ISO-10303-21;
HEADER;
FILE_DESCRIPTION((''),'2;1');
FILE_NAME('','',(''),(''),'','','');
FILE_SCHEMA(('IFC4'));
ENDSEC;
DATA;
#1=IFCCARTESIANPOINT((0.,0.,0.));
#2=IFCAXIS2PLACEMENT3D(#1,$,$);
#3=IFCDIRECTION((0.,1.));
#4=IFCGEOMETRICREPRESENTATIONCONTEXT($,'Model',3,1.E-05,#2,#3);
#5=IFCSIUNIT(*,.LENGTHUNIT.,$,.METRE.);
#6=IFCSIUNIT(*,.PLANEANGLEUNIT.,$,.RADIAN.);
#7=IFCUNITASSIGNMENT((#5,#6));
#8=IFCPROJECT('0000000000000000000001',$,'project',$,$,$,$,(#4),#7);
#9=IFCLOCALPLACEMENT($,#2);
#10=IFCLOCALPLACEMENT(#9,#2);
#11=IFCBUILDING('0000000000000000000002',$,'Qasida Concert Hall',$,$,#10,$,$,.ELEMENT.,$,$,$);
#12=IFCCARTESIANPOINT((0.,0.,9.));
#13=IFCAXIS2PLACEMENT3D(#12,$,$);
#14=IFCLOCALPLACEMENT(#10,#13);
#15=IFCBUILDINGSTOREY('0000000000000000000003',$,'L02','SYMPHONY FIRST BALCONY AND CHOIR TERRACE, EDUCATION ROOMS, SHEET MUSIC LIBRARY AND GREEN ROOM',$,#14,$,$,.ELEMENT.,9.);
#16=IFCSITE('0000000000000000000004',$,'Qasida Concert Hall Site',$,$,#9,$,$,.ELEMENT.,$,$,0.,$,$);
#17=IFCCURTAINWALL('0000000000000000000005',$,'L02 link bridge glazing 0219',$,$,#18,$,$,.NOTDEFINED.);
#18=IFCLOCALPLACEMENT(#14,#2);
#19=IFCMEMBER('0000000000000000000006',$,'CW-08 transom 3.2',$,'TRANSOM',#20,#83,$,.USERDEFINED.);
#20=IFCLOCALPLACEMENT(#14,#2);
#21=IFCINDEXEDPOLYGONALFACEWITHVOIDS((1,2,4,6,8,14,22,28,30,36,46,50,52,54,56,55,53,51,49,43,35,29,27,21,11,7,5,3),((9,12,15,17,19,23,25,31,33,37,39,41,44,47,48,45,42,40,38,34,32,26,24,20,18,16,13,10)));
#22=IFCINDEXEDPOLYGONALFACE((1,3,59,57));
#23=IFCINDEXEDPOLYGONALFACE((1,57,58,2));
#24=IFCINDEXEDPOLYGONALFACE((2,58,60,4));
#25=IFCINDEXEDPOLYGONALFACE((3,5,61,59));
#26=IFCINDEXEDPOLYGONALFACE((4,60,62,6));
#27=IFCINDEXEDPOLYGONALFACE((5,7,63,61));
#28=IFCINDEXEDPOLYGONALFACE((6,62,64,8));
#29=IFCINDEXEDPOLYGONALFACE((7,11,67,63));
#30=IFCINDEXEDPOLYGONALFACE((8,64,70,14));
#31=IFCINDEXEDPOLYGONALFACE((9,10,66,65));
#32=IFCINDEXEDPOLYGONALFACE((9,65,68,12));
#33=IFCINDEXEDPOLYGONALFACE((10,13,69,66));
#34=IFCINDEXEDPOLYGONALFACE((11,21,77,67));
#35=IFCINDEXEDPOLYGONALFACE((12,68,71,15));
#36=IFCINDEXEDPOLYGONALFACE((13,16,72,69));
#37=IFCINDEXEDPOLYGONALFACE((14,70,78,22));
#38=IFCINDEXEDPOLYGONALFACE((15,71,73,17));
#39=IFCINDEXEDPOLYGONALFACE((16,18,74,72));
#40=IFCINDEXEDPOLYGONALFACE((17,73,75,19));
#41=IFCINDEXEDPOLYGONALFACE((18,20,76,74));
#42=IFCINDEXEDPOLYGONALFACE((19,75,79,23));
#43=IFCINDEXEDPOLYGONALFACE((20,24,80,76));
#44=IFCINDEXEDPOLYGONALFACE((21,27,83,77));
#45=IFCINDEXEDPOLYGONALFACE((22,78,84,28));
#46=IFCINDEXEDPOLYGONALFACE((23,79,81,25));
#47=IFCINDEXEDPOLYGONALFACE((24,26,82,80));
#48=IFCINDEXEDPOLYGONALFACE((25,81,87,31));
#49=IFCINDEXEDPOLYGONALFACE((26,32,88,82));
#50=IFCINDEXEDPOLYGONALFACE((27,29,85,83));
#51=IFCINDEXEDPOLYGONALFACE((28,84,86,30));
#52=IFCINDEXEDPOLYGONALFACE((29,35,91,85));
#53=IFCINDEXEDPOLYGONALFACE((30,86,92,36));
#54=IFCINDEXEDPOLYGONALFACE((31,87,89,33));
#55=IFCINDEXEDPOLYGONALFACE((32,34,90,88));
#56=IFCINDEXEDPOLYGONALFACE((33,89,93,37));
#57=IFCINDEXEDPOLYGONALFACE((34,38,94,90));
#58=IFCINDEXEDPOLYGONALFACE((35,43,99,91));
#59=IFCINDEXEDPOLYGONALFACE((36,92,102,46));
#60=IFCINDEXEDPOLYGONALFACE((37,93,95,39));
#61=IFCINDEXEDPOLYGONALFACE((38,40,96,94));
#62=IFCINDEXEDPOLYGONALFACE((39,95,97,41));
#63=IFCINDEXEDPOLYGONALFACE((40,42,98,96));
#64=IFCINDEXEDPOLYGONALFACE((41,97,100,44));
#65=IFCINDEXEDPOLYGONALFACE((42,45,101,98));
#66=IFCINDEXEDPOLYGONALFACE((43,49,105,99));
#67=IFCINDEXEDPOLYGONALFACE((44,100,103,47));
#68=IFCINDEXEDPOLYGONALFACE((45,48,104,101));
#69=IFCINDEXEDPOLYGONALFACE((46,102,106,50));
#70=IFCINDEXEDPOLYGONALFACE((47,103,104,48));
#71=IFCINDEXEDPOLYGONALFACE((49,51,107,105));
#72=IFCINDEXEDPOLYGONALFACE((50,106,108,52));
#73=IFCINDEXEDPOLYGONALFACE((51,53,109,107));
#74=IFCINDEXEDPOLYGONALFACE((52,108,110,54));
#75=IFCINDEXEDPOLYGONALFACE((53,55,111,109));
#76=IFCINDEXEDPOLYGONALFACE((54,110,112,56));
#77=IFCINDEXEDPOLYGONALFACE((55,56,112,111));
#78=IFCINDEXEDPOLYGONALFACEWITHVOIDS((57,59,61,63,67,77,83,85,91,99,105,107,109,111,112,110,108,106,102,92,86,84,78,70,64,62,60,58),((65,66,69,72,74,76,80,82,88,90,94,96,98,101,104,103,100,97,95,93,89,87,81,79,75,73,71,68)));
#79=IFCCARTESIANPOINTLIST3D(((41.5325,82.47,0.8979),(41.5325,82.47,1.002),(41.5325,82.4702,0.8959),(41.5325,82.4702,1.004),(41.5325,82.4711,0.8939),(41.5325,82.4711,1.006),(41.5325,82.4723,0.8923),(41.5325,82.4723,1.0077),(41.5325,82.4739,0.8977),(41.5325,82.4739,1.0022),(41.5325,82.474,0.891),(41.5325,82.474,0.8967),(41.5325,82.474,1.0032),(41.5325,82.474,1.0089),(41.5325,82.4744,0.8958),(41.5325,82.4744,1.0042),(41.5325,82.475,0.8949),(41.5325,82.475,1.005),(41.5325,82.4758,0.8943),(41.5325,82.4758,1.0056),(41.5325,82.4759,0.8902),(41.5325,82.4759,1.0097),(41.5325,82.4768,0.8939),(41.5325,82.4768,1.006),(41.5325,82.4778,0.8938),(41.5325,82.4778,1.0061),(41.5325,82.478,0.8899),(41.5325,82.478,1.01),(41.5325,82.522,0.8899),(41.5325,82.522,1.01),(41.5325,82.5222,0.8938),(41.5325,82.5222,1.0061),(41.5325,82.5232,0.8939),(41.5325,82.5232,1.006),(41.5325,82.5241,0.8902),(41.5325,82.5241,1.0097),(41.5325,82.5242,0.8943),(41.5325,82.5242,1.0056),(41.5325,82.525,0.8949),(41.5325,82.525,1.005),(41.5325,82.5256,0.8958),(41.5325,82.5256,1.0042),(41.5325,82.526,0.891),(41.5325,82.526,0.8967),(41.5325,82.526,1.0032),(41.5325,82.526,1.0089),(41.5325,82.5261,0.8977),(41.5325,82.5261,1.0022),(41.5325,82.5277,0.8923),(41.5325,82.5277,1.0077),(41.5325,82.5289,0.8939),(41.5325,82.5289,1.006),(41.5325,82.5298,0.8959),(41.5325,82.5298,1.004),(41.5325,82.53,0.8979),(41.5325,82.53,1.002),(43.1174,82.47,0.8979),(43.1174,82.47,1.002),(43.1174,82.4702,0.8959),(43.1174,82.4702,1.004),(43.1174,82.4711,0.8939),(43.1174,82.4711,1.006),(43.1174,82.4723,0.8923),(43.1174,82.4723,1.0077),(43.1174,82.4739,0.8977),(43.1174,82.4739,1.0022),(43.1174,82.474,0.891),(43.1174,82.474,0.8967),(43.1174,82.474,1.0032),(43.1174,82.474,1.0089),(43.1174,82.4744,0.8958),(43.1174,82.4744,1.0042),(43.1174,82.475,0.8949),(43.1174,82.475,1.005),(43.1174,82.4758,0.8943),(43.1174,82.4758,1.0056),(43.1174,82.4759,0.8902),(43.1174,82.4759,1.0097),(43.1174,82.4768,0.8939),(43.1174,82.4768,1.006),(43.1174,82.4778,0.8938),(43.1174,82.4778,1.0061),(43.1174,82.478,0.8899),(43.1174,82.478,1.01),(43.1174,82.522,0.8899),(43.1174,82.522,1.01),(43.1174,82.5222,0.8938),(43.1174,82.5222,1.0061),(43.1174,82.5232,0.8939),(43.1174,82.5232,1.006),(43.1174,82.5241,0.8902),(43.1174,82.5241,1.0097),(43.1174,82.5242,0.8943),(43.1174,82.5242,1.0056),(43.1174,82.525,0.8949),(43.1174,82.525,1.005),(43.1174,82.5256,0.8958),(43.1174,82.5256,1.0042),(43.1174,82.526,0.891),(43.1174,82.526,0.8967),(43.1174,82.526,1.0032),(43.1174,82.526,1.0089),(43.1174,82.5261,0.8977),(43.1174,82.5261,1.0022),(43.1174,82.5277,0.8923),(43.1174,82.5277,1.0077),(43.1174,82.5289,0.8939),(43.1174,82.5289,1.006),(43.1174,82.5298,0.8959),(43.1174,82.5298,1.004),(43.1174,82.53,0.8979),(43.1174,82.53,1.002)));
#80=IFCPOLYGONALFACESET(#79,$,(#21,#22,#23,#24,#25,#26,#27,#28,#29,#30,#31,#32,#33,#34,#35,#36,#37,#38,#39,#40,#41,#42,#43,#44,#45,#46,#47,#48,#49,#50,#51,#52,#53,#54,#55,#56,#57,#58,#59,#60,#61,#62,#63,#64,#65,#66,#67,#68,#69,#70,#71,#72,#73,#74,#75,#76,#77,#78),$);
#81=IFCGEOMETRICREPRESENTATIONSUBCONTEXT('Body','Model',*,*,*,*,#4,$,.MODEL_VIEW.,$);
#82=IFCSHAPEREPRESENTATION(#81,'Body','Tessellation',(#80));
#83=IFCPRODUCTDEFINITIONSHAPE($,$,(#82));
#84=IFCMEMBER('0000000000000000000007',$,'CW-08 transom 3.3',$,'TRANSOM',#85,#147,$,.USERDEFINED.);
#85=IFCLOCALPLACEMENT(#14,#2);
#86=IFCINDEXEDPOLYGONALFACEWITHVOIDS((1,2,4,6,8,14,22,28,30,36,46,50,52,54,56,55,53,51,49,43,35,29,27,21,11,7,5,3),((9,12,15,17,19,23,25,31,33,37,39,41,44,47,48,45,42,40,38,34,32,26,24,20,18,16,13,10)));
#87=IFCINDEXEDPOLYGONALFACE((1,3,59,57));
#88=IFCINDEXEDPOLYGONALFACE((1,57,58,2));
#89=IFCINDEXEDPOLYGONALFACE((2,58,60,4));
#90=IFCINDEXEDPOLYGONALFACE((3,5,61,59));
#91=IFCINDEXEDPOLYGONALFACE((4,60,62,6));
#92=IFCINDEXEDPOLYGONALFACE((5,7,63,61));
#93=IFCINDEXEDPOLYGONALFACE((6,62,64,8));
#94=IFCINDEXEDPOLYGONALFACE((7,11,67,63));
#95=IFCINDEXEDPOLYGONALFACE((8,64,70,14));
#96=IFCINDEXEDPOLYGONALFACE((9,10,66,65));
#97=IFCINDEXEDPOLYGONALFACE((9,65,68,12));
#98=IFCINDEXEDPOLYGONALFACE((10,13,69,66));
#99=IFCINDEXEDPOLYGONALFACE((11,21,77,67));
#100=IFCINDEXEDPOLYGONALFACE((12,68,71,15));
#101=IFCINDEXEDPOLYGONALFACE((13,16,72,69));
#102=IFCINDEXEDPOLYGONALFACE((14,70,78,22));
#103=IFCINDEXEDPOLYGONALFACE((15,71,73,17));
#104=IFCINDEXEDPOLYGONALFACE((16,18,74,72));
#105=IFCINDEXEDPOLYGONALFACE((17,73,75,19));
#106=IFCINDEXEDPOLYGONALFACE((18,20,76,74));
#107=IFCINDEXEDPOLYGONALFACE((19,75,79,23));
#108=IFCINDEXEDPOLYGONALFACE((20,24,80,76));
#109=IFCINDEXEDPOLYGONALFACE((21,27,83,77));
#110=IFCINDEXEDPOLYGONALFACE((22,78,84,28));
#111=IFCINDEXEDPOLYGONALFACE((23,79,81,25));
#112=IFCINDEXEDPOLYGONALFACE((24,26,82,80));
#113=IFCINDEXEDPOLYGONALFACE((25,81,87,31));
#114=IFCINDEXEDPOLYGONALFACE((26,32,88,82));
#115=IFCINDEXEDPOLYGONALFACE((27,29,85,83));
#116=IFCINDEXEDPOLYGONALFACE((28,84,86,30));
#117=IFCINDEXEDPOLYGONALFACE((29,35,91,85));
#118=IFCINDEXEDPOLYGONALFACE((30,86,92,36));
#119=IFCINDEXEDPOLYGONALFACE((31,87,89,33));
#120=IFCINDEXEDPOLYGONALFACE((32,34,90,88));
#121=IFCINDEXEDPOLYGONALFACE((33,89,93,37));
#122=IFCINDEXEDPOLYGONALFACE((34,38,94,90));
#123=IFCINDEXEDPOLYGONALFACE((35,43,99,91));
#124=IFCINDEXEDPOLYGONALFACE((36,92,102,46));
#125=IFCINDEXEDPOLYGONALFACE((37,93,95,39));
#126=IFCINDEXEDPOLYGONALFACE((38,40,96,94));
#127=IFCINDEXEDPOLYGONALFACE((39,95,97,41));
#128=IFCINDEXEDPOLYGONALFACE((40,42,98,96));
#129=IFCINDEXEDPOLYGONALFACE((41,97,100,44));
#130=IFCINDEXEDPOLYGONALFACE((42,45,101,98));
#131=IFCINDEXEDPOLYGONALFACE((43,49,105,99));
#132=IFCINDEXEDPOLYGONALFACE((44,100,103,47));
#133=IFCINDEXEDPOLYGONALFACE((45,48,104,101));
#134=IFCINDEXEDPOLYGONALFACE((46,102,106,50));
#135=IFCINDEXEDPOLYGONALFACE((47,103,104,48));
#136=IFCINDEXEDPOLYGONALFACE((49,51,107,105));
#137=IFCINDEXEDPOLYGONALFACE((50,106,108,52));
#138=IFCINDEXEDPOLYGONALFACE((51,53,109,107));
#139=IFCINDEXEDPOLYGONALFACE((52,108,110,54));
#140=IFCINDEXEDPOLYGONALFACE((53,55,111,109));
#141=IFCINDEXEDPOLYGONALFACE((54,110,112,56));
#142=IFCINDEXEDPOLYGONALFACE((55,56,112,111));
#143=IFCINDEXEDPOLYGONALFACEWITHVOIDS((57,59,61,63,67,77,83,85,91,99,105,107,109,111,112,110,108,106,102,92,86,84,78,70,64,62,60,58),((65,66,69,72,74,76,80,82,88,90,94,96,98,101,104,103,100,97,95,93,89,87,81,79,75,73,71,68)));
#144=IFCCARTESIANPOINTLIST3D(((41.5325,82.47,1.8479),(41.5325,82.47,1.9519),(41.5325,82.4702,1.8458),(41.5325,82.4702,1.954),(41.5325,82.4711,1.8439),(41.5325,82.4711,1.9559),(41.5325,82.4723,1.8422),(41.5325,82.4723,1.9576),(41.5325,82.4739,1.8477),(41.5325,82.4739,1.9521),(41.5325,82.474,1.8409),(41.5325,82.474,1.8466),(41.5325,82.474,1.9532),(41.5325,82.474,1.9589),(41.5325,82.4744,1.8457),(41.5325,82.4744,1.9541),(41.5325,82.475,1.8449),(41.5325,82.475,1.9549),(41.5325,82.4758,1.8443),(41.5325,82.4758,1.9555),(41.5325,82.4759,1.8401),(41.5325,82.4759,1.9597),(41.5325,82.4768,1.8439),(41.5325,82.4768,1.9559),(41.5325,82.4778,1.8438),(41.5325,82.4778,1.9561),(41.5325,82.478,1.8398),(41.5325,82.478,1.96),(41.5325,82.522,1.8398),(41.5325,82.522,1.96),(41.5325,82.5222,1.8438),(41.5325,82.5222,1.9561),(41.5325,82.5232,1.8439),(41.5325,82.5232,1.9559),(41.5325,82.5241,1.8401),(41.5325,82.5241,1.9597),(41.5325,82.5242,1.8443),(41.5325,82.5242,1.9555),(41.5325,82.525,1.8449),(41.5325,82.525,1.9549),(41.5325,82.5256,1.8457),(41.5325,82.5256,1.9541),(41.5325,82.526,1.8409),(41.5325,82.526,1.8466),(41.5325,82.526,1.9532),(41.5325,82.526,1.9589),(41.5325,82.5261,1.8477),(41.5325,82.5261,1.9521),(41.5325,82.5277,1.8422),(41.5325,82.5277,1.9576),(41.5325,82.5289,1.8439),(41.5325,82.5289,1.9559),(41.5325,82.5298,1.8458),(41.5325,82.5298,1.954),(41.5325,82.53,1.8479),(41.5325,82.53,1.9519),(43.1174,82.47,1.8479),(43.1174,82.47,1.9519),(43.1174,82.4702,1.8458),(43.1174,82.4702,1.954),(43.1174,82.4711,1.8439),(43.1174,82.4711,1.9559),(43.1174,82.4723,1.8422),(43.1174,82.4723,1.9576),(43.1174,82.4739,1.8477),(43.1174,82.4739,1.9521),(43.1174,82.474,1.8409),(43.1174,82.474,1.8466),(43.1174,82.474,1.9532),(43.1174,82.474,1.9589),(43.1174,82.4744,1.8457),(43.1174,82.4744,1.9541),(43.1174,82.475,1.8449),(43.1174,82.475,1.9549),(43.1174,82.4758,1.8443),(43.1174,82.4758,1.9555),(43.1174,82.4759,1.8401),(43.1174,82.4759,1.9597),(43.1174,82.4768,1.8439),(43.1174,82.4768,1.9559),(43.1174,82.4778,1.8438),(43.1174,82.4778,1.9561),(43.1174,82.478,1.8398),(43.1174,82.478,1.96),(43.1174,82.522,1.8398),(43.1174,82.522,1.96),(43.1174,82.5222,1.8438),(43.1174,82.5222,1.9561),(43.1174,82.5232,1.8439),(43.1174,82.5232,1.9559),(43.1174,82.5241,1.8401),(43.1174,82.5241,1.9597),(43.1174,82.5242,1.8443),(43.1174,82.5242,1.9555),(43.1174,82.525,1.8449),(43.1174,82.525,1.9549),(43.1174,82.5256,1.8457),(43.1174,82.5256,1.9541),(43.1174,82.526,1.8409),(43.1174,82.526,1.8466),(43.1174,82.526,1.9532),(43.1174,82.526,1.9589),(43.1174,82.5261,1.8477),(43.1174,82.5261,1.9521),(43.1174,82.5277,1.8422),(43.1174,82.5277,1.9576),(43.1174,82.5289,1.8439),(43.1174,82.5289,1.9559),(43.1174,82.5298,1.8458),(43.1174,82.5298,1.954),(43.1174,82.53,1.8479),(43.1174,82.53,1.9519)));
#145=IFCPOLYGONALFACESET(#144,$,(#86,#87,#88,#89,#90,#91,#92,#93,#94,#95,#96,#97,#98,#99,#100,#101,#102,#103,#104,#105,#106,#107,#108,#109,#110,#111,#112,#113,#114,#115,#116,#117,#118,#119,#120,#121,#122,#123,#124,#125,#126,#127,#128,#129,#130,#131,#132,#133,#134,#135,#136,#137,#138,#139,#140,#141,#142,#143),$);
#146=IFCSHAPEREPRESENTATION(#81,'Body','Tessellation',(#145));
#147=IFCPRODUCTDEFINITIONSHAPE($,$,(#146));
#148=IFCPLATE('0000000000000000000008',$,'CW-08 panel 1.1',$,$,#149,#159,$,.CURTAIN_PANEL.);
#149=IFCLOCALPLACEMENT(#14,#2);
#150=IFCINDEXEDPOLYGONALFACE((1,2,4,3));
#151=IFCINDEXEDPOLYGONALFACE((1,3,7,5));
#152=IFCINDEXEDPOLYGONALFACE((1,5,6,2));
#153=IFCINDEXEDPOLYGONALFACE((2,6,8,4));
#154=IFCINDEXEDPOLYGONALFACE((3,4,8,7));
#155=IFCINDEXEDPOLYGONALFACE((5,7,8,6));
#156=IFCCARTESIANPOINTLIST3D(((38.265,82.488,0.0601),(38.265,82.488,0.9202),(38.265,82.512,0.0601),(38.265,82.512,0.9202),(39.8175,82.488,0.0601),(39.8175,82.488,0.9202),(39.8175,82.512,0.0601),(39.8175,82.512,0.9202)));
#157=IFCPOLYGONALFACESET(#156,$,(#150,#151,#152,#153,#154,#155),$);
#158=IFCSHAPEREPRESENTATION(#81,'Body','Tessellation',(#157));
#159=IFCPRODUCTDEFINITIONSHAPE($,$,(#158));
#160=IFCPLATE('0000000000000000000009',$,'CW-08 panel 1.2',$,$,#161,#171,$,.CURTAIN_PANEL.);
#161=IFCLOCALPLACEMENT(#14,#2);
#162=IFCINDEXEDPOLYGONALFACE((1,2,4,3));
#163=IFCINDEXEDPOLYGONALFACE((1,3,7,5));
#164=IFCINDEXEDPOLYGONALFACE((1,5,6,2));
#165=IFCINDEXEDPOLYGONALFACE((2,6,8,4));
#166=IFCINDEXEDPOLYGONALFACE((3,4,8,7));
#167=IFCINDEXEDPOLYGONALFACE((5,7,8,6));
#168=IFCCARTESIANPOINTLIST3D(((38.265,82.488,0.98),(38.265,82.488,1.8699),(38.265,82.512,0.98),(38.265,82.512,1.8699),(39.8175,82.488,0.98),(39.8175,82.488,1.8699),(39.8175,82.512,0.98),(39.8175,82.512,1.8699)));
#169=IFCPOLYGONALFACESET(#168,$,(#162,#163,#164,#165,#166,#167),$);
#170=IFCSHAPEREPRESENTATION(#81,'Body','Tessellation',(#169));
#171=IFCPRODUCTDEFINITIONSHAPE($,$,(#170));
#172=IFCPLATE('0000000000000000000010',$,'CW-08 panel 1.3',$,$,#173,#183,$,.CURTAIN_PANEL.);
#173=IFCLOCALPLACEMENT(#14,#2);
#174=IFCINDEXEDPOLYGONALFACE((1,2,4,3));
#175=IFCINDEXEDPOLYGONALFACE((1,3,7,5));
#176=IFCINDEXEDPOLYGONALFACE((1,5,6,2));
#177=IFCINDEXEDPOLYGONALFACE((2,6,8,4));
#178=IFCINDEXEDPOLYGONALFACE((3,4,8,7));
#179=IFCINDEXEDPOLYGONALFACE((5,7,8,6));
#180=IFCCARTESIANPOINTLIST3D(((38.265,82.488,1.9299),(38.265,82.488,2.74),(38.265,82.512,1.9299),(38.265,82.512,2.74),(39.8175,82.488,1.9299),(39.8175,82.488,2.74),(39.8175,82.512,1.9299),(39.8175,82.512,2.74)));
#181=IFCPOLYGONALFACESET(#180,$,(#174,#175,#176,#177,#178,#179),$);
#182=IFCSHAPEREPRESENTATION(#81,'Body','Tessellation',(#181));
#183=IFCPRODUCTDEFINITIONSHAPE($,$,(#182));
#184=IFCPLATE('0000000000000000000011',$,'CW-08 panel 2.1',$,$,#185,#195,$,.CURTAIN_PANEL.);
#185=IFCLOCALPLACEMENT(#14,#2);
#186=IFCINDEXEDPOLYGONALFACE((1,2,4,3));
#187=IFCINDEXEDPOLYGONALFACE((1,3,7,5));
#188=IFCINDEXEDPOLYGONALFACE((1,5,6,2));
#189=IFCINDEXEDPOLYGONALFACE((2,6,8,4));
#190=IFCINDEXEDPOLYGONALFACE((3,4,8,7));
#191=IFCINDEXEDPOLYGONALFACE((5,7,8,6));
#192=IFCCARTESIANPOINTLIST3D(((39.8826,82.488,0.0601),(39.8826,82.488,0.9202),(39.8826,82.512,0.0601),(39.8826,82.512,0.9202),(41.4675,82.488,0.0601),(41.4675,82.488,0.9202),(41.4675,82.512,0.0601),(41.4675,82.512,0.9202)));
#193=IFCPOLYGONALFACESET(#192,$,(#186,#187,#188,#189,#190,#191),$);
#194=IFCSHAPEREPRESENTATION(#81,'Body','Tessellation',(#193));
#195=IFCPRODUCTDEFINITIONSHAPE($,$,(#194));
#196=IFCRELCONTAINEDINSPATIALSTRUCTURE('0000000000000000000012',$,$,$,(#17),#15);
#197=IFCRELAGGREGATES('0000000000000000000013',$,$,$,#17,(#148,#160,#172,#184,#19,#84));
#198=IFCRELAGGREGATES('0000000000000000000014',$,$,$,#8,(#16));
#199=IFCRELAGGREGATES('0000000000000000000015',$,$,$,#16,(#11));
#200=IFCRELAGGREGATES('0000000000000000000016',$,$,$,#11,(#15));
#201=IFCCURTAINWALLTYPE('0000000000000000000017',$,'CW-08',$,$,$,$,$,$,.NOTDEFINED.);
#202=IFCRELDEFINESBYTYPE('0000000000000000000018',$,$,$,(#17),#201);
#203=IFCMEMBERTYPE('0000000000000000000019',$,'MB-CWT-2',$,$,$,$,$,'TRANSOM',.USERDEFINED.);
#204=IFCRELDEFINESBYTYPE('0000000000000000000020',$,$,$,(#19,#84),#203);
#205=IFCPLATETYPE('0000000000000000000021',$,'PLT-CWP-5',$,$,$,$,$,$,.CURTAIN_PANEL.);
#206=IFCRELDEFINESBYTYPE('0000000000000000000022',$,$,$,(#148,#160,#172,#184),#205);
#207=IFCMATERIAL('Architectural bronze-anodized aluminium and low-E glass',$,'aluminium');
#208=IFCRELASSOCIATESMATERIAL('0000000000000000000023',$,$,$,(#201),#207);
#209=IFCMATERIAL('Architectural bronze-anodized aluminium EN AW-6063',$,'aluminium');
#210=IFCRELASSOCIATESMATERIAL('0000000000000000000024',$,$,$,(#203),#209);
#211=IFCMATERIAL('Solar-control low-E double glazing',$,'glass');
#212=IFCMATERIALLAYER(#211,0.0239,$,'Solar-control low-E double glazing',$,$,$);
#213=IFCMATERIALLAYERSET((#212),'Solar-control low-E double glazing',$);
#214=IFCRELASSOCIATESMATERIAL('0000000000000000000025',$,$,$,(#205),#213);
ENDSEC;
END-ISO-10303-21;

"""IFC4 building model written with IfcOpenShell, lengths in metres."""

from ifc_helpers import new_model, si_unit, direction, frame, origin, origin_2d, place, context, subcontext, project, spatial, rectangle, hollow_rectangle, extrude, material, layer, layer_set, material_profile, profile_set, type_object, element, aggregate, save


model = new_model("IFC4")

# Units and contexts
model_context = context("Model", 3, precision=1e-05, world=origin(), true_north=direction((0.0, 1.0)))
body_context = subcontext(model_context, "Body", "Model", "MODEL_VIEW")
ifc_project = project(units=[si_unit("LENGTHUNIT", "METRE"), si_unit("PLANEANGLEUNIT", "RADIAN")], contexts=[model_context])

# Site, building, storey
site_placement = place(None, origin())
site = spatial("IfcSite", under=ifc_project, at=site_placement, Name="Qasida Concert Hall Site", CompositionType="ELEMENT", RefElevation=0.0)
building_placement = place(site_placement, origin())
building = spatial("IfcBuilding", under=site, at=building_placement, Name="Qasida Concert Hall", CompositionType="ELEMENT")
storey_placement = place(building_placement, frame((0.0, 0.0, 9.0)))
storey = spatial("IfcBuildingStorey", under=building, at=storey_placement, Name="L02", Description="SYMPHONY FIRST BALCONY AND CHOIR TERRACE, EDUCATION ROOMS, SHEET MUSIC LIBRARY AND GREEN ROOM", CompositionType="ELEMENT", Elevation=9.0)

# Curtain wall, members, plates
ifc_material_1 = material(Name="Architectural bronze-anodized aluminium and low-E glass", Category="aluminium")
curtain_wall_type = type_object("IfcCurtainWallType", Name="CW-08", PredefinedType="NOTDEFINED", material=ifc_material_1)
curtain_wall_placement = place(storey_placement, origin())
curtain_wall = element("IfcCurtainWall", 1, at=curtain_wall_placement, inside=storey, type_object=curtain_wall_type, Name="L02 link bridge glazing 0219", PredefinedType="NOTDEFINED")
ifc_material_2 = material(Name="Architectural bronze-anodized aluminium EN AW-6063", Category="aluminium")
ifc_material_profile_1 = material_profile(ifc_material_2, hollow_rectangle(XDim=0.0601, YDim=0.1201, WallThickness=0.0039, InnerFilletRadius=0.0039, OuterFilletRadius=0.0081, at=origin_2d()), Name="CWT 120x60x4")
ifc_profile_set_1 = profile_set([ifc_material_profile_1], Name="Architectural bronze-anodized aluminium EN AW-6063")
member_type_1 = type_object("IfcMemberType", Name="MB-CWT-2", ElementType="TRANSOM", PredefinedType="USERDEFINED", material=ifc_profile_set_1)
member_1_placement = place(storey_placement, frame((41.5325, 82.5, 0.95), z_axis=(1.0, 0.0, 0.0), x_axis=(0.0, 1.0, 0.0)))
member_1 = element("IfcMember", 2, at=member_1_placement, type_object=member_type_1, Name="CW-08 transom 3.2", ObjectType="TRANSOM", PredefinedType="USERDEFINED", context=body_context, shape_type="SweptSolid", body=[
    extrude(hollow_rectangle(XDim=0.0601, YDim=0.1201, WallThickness=0.0039, InnerFilletRadius=0.0039, OuterFilletRadius=0.0081, at=origin_2d()), origin(), (0.0, 0.0, 1.0), 1.585),
])
member_2_placement = place(storey_placement, frame((41.5325, 82.5, 1.8999), z_axis=(1.0, 0.0, 0.0), x_axis=(0.0, 1.0, 0.0)))
member_2 = element("IfcMember", 3, at=member_2_placement, type_object=member_type_1, Name="CW-08 transom 3.3", ObjectType="TRANSOM", PredefinedType="USERDEFINED", context=body_context, shape_type="SweptSolid", body=[
    extrude(hollow_rectangle(XDim=0.0601, YDim=0.1201, WallThickness=0.0039, InnerFilletRadius=0.0039, OuterFilletRadius=0.0081, at=origin_2d()), origin(), (0.0, 0.0, 1.0), 1.585),
])
ifc_material_3 = material(Name="Solar-control low-E double glazing", Category="glass")
ifc_layer_1 = layer(ifc_material_3, 0.0239, Name="Solar-control low-E double glazing")
ifc_layer_set_1 = layer_set([ifc_layer_1], Name="Solar-control low-E double glazing")
plate_type = type_object("IfcPlateType", Name="PLT-CWP-5", PredefinedType="CURTAIN_PANEL", material=ifc_layer_set_1)
plate_1_placement = place(storey_placement, frame((39.0413, 82.5, 0.0601), z_axis=(0.0, 0.0, 1.0), x_axis=(1.0, 0.0, 0.0)))
plate_1 = element("IfcPlate", 4, at=plate_1_placement, type_object=plate_type, Name="CW-08 panel 1.1", PredefinedType="CURTAIN_PANEL", context=body_context, shape_type="SweptSolid", body=[
    extrude(rectangle(XDim=1.5525, YDim=0.0239, at=origin_2d()), origin(), (0.0, 0.0, 1.0), 0.8601),
])
plate_2_placement = place(storey_placement, frame((39.0413, 82.5, 0.98), z_axis=(0.0, 0.0, 1.0), x_axis=(1.0, 0.0, 0.0)))
plate_2 = element("IfcPlate", 5, at=plate_2_placement, type_object=plate_type, Name="CW-08 panel 1.2", PredefinedType="CURTAIN_PANEL", context=body_context, shape_type="SweptSolid", body=[
    extrude(rectangle(XDim=1.5525, YDim=0.0239, at=origin_2d()), origin(), (0.0, 0.0, 1.0), 0.8899),
])
plate_3_placement = place(storey_placement, frame((39.0413, 82.5, 1.9299), z_axis=(0.0, 0.0, 1.0), x_axis=(1.0, 0.0, 0.0)))
plate_3 = element("IfcPlate", 6, at=plate_3_placement, type_object=plate_type, Name="CW-08 panel 1.3", PredefinedType="CURTAIN_PANEL", context=body_context, shape_type="SweptSolid", body=[
    extrude(rectangle(XDim=1.5525, YDim=0.0239, at=origin_2d()), origin(), (0.0, 0.0, 1.0), 0.8101),
])
plate_4_placement = place(storey_placement, frame((40.675, 82.5, 0.0601), z_axis=(0.0, 0.0, 1.0), x_axis=(1.0, 0.0, 0.0)))
plate_4 = element("IfcPlate", 7, at=plate_4_placement, type_object=plate_type, Name="CW-08 panel 2.1", PredefinedType="CURTAIN_PANEL", context=body_context, shape_type="SweptSolid", body=[
    extrude(rectangle(XDim=1.585, YDim=0.0239, at=origin_2d()), origin(), (0.0, 0.0, 1.0), 0.8601),
])
aggregate(curtain_wall, [plate_1, plate_2, plate_3, plate_4, member_1, member_2])

save(model, "model.ifc")
